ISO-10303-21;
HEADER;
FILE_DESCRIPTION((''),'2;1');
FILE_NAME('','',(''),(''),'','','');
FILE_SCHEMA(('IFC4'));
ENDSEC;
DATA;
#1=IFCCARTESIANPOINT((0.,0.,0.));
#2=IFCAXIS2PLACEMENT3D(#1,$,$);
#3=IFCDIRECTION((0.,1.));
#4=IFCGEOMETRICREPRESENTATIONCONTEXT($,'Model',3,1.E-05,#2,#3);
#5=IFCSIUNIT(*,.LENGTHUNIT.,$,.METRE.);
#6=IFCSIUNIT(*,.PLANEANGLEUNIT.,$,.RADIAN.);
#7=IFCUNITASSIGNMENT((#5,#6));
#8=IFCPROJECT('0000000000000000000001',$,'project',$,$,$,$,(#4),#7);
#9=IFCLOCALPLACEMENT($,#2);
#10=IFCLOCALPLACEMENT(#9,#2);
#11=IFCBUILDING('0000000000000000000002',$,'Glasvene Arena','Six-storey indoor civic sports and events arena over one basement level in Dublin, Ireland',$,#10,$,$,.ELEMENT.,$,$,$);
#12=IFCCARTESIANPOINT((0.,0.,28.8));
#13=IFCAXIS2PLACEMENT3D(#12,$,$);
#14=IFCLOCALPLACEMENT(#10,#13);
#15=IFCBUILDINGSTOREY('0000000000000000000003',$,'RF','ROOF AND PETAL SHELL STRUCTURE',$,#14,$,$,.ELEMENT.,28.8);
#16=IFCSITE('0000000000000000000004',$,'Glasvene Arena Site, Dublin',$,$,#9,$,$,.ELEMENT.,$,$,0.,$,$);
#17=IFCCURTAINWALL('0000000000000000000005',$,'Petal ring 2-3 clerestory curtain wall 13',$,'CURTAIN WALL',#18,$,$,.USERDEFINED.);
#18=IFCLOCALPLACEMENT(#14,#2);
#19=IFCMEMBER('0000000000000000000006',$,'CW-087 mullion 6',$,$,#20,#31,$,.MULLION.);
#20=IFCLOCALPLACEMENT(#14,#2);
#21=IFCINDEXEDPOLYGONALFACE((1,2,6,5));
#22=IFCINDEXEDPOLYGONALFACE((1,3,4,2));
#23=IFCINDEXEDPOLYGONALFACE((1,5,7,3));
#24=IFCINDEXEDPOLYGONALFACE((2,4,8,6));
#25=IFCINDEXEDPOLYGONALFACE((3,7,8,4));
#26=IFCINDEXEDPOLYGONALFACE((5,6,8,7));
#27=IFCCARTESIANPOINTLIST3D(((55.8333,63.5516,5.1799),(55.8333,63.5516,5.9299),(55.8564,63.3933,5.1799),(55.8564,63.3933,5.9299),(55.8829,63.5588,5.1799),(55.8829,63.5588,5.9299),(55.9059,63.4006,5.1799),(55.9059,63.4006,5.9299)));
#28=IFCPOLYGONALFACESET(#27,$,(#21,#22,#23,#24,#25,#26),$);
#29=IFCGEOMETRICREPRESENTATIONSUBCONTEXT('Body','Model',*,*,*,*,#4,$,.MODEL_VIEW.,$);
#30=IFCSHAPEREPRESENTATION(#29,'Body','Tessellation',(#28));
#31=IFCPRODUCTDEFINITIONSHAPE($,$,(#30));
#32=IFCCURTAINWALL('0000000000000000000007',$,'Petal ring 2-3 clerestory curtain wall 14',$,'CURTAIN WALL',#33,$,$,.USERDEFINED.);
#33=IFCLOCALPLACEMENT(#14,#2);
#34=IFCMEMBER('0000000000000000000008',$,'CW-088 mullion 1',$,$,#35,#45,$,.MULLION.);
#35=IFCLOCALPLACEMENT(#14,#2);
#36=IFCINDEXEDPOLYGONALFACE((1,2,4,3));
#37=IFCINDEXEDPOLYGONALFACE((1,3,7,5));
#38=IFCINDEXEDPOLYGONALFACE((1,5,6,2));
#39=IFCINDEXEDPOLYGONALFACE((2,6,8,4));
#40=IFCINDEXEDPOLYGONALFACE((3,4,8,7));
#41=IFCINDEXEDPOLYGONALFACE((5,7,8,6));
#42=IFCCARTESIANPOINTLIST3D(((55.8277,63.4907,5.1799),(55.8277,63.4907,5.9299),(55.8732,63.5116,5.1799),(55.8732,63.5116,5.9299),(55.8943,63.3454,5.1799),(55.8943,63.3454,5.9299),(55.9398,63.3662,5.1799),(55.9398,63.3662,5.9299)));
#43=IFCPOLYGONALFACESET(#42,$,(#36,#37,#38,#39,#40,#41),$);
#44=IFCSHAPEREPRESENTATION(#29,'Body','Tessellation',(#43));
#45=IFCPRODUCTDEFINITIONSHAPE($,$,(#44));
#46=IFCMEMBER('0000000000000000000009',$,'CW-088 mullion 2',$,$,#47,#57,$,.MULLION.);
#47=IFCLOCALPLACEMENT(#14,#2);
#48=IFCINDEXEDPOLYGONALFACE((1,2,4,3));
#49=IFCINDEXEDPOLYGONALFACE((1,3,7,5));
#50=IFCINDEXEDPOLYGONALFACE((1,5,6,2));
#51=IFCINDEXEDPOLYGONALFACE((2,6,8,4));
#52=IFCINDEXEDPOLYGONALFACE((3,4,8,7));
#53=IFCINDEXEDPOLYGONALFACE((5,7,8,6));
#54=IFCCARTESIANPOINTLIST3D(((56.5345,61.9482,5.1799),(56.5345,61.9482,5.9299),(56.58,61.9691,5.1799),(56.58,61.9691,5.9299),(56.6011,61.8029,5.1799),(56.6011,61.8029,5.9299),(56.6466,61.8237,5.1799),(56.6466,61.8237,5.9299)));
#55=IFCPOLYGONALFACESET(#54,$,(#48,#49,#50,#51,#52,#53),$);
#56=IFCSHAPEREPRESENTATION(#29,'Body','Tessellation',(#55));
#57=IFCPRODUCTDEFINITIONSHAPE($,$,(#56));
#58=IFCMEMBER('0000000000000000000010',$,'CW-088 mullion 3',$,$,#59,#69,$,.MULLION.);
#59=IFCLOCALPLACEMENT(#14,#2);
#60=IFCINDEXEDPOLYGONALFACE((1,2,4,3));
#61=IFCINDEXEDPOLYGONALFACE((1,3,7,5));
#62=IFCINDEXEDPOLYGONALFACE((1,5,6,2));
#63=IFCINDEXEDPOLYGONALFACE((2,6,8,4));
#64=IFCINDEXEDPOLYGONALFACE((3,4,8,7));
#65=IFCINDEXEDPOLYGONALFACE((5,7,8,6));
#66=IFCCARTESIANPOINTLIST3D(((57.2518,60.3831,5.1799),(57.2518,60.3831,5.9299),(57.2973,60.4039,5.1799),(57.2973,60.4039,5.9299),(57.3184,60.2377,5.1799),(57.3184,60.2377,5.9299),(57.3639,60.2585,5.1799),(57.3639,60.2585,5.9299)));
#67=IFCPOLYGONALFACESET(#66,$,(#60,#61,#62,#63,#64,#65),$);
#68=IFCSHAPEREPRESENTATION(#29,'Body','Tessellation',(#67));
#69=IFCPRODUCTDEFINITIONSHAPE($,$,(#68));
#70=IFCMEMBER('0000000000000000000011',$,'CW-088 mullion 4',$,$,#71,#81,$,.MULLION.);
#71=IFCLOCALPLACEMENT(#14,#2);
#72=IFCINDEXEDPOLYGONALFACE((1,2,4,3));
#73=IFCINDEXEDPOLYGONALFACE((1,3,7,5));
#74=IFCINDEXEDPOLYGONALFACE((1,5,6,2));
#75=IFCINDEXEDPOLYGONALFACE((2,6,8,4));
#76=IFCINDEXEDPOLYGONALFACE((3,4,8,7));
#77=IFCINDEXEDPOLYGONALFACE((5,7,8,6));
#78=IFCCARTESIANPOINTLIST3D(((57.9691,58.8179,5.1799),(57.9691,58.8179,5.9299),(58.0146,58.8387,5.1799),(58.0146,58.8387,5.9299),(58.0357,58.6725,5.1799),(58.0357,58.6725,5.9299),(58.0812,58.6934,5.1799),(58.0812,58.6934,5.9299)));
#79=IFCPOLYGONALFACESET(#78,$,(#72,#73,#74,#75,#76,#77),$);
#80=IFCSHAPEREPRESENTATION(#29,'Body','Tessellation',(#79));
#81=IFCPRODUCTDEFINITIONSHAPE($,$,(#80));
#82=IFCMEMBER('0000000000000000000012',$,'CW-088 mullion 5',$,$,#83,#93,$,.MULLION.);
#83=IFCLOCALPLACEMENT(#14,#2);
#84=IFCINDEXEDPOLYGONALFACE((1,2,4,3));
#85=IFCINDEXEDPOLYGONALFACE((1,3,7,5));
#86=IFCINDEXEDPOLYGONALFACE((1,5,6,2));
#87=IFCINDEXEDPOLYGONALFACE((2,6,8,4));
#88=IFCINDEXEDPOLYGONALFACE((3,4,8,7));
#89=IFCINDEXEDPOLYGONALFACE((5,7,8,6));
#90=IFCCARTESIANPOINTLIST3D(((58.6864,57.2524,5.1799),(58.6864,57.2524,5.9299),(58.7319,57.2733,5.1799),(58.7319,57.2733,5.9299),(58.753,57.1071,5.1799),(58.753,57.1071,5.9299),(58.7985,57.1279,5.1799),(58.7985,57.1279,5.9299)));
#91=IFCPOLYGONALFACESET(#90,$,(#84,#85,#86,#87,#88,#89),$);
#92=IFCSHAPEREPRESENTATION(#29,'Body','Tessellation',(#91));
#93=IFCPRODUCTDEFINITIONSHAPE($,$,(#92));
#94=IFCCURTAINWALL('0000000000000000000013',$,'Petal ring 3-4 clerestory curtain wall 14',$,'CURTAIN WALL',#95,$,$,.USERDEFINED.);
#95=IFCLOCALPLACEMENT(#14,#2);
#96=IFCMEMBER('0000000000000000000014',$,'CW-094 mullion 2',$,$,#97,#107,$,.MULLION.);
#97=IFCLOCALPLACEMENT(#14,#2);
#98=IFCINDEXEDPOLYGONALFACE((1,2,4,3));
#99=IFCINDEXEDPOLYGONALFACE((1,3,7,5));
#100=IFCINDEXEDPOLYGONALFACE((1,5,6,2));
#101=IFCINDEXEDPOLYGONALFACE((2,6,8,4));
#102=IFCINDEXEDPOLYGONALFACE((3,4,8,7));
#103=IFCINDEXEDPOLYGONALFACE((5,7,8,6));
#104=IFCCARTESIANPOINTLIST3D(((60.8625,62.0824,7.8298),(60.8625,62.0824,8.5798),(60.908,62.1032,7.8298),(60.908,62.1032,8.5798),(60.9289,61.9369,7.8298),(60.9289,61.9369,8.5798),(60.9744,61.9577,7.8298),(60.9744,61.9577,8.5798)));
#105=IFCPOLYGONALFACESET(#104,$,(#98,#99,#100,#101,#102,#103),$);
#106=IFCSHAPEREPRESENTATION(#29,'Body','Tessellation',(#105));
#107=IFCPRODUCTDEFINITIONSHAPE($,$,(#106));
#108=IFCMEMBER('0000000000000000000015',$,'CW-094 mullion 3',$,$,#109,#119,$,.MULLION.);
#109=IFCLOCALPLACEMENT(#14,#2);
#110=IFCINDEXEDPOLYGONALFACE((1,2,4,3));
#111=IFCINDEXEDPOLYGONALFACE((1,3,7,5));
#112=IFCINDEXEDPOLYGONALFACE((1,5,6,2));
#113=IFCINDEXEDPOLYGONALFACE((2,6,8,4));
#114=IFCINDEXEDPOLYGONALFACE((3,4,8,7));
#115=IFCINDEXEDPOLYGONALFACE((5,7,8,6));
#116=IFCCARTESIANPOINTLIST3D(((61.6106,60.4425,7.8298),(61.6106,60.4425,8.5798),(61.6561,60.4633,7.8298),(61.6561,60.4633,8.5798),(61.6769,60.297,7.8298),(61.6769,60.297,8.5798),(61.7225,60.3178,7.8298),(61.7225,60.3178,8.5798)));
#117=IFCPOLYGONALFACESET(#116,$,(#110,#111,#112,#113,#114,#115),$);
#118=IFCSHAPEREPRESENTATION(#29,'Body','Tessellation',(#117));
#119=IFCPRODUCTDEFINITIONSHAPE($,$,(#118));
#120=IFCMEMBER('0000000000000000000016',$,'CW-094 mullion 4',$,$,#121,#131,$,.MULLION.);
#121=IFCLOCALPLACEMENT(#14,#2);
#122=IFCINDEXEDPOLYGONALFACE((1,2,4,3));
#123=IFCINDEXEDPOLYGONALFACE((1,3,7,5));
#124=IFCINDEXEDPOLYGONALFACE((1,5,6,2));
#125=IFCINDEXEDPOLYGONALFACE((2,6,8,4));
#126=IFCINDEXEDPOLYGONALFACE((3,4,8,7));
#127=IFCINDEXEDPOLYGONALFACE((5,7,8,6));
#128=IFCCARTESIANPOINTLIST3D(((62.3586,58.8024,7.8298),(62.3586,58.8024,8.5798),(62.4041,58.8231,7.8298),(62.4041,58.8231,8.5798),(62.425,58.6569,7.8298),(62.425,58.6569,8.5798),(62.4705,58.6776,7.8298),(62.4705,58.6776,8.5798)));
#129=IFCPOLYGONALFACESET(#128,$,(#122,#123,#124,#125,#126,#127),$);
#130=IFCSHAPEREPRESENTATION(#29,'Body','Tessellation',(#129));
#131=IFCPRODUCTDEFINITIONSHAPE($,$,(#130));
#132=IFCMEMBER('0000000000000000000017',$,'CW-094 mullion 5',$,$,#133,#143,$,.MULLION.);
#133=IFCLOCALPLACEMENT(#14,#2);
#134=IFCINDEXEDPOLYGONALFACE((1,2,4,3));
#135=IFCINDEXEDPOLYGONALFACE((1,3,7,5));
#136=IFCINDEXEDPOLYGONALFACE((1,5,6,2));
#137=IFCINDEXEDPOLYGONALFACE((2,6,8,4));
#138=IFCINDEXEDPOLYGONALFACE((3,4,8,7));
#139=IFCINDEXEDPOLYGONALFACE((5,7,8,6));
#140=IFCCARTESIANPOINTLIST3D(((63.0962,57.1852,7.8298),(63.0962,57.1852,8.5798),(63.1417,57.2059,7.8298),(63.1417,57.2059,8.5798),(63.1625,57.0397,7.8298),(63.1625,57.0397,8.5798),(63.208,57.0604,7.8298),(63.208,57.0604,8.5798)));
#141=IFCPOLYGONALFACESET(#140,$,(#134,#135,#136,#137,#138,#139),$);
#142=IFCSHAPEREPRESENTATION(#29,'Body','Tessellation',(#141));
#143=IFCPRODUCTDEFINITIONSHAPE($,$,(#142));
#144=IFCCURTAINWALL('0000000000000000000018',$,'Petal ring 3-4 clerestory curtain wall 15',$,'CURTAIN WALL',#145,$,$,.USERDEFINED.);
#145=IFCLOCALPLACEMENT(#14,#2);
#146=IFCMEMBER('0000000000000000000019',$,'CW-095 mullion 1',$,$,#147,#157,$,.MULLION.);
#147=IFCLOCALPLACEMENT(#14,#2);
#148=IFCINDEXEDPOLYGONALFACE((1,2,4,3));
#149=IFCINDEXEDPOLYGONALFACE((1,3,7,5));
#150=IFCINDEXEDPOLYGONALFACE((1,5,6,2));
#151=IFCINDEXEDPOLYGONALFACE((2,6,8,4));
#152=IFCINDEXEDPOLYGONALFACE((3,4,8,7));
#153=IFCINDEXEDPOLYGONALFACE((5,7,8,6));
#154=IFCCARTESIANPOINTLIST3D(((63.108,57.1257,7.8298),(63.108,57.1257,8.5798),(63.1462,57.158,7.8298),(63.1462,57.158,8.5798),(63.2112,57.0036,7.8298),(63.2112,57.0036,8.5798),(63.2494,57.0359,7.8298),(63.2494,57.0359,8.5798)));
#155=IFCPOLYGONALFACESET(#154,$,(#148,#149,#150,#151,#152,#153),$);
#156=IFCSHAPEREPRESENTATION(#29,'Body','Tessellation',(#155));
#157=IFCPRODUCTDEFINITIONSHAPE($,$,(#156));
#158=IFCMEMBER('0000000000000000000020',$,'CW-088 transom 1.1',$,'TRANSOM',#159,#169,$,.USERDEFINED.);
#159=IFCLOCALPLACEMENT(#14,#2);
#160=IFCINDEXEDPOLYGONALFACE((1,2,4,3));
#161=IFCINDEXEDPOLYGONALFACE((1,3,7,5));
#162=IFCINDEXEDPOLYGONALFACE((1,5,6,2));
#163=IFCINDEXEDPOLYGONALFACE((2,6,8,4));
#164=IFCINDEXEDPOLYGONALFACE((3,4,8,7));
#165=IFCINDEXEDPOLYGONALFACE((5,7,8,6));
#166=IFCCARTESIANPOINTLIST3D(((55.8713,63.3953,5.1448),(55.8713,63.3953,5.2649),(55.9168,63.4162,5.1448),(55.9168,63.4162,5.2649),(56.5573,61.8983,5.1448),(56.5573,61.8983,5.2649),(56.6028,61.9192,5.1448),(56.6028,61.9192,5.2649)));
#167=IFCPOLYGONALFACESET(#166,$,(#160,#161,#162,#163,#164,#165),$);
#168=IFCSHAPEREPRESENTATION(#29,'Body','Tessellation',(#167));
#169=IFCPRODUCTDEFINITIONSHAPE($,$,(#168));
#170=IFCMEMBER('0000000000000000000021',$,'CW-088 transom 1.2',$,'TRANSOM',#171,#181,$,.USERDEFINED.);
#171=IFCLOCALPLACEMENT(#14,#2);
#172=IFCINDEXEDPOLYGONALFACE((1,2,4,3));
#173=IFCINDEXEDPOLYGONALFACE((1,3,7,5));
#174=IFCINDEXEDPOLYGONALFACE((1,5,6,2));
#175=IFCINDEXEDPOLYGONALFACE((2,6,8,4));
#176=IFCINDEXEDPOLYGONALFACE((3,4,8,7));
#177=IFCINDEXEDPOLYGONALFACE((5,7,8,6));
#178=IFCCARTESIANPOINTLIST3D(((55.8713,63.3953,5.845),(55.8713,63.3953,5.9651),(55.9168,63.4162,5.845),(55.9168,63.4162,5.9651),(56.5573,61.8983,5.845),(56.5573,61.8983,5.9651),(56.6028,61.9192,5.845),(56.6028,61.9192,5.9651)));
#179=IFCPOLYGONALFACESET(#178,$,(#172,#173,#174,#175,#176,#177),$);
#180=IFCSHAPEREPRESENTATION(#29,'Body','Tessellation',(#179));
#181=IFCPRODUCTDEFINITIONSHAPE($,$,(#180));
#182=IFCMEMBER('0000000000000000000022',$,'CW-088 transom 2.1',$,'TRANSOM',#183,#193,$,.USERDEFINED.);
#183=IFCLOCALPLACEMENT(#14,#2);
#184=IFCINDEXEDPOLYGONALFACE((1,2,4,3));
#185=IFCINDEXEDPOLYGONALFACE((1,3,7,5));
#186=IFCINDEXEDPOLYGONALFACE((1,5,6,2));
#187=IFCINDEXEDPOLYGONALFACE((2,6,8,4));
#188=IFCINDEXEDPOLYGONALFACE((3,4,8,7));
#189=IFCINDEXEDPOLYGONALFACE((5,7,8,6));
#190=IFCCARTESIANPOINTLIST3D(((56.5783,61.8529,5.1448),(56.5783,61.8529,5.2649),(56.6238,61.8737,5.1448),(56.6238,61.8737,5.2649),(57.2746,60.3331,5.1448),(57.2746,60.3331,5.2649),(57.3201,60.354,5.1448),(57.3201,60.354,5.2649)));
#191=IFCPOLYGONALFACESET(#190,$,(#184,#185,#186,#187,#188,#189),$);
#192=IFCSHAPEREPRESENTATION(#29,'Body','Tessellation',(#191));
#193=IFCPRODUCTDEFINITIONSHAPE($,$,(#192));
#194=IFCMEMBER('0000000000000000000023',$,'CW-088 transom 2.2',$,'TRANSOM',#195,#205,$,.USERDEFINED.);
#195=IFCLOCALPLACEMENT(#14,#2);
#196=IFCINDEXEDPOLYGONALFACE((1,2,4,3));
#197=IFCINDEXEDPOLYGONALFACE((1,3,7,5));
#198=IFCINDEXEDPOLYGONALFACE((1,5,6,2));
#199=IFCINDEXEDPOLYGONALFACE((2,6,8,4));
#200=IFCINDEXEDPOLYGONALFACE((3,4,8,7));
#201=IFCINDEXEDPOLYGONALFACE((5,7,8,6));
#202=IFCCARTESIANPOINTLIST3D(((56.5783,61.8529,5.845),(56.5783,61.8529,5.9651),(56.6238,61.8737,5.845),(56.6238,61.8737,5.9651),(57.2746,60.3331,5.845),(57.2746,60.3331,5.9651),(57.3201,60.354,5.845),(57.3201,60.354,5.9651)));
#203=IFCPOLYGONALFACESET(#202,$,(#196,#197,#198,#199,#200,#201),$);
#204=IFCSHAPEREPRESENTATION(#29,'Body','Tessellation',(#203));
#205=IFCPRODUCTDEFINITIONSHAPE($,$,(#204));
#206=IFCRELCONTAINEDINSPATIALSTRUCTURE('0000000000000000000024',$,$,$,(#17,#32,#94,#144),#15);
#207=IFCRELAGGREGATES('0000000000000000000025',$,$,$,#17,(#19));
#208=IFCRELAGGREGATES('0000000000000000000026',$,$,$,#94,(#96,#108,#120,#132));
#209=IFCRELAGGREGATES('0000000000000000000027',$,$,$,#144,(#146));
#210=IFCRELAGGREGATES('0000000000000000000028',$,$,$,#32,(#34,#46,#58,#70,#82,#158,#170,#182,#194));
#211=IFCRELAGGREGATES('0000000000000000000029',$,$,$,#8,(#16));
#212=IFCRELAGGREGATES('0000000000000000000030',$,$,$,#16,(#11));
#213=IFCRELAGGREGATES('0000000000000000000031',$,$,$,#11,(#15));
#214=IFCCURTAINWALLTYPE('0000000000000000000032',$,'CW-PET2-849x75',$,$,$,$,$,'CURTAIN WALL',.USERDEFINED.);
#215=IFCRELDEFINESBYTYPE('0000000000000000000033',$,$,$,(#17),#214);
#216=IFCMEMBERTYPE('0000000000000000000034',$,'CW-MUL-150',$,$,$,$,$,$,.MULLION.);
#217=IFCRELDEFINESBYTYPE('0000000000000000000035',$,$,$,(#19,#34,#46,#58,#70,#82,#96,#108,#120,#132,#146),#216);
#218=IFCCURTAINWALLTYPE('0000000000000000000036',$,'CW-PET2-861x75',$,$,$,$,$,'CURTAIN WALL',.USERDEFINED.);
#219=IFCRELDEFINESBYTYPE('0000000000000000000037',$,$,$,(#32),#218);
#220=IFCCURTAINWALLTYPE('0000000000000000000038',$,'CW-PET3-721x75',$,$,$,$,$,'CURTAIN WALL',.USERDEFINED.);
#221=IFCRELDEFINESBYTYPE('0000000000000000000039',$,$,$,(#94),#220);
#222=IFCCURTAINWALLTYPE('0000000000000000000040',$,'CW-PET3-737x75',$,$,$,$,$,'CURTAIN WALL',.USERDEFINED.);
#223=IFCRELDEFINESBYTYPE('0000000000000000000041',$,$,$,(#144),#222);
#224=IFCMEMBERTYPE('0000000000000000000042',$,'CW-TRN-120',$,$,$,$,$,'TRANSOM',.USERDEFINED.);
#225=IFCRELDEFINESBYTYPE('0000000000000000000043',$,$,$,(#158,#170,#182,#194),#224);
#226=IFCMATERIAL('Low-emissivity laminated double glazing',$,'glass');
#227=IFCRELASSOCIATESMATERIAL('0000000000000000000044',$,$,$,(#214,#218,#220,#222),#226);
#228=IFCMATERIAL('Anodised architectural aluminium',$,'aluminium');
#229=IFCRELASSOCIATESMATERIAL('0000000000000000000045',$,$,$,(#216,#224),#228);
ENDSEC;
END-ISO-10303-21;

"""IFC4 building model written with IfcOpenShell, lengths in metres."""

from ifc_helpers import new_model, si_unit, direction, frame, origin, origin_2d, place, context, subcontext, project, spatial, rectangle, extrude, material, material_profile, profile_set, type_object, element, aggregate, save


model = new_model("IFC4")

# Units and contexts
model_context = context("Model", 3, precision=1e-05, world=origin(), true_north=direction((0.0, 1.0)))
body_context = subcontext(model_context, "Body", "Model", "MODEL_VIEW")
ifc_project = project(units=[si_unit("LENGTHUNIT", "METRE"), si_unit("PLANEANGLEUNIT", "RADIAN")], contexts=[model_context])

# Site, building, storey
site_placement = place(None, origin())
site = spatial("IfcSite", under=ifc_project, at=site_placement, Name="Glasvene Arena Site, Dublin", CompositionType="ELEMENT", RefElevation=0.0)
building_placement = place(site_placement, origin())
building = spatial("IfcBuilding", under=site, at=building_placement, Name="Glasvene Arena", Description="Six-storey indoor civic sports and events arena over one basement level in Dublin, Ireland", CompositionType="ELEMENT")
storey_placement = place(building_placement, frame((0.0, 0.0, 28.8)))
storey = spatial("IfcBuildingStorey", under=building, at=storey_placement, Name="RF", Description="ROOF AND PETAL SHELL STRUCTURE", CompositionType="ELEMENT", Elevation=28.8)

# Curtain wall, member
ifc_material_1 = material(Name="Low-emissivity laminated double glazing", Category="glass")
curtain_wall_type_1 = type_object("IfcCurtainWallType", Name="CW-PET2-849x75", ElementType="CURTAIN WALL", PredefinedType="USERDEFINED", material=ifc_material_1)
curtain_wall_1_placement = place(storey_placement, frame((54.6499, 71.8501, 0.0)))
curtain_wall_1 = element("IfcCurtainWall", 1, at=curtain_wall_1_placement, inside=storey, type_object=curtain_wall_type_1, Name="Petal ring 2-3 clerestory curtain wall 13", ObjectType="CURTAIN WALL", PredefinedType="USERDEFINED")
ifc_material_2 = material(Name="Anodised architectural aluminium", Category="aluminium")
ifc_material_profile_1 = material_profile(ifc_material_2, rectangle(XDim=0.05, YDim=0.1599, at=origin_2d()), Name="ALU MULLION 50x160")
ifc_profile_set_1 = profile_set([ifc_material_profile_1], Name="Anodised architectural aluminium")
member_type_1 = type_object("IfcMemberType", Name="CW-MUL-150", PredefinedType="MULLION", material=ifc_profile_set_1)
member_1_placement = place(storey_placement, frame((55.8696, 63.4761, 5.1799), z_axis=(0.0, 0.0, 1.0), x_axis=(0.989558, 0.144133, 0.0)))
member_1 = element("IfcMember", 2, at=member_1_placement, type_object=member_type_1, Name="CW-087 mullion 6", PredefinedType="MULLION", context=body_context, shape_type="SweptSolid", body=[
    extrude(rectangle(XDim=0.05, YDim=0.1599, at=origin_2d()), origin(), (0.0, 0.0, 1.0), 0.75),
])
aggregate(curtain_wall_1, [member_1])

# Curtain walls, members
curtain_wall_type_2 = type_object("IfcCurtainWallType", Name="CW-PET2-861x75", ElementType="CURTAIN WALL", PredefinedType="USERDEFINED", material=ifc_material_1)
curtain_wall_2_placement = place(storey_placement, frame((55.8733, 63.4514, 0.0)))
curtain_wall_2 = element("IfcCurtainWall", 3, at=curtain_wall_2_placement, inside=storey, type_object=curtain_wall_type_2, Name="Petal ring 2-3 clerestory curtain wall 14", ObjectType="CURTAIN WALL", PredefinedType="USERDEFINED")
member_2_placement = place(storey_placement, frame((55.8838, 63.4285, 5.1799), z_axis=(0.0, 0.0, 1.0), x_axis=(0.909094, 0.416592, 0.0)))
member_2 = element("IfcMember", 4, at=member_2_placement, type_object=member_type_1, Name="CW-088 mullion 1", PredefinedType="MULLION", context=body_context, shape_type="SweptSolid", body=[
    extrude(rectangle(XDim=0.05, YDim=0.1599, at=origin_2d()), origin(), (0.0, 0.0, 1.0), 0.75),
])
member_3_placement = place(storey_placement, frame((56.5906, 61.886, 5.1799), z_axis=(0.0, 0.0, 1.0), x_axis=(0.909094, 0.416592, 0.0)))
member_3 = element("IfcMember", 5, at=member_3_placement, type_object=member_type_1, Name="CW-088 mullion 2", PredefinedType="MULLION", context=body_context, shape_type="SweptSolid", body=[
    extrude(rectangle(XDim=0.05, YDim=0.1599, at=origin_2d()), origin(), (0.0, 0.0, 1.0), 0.75),
])
member_4_placement = place(storey_placement, frame((57.3079, 60.3208, 5.1799), z_axis=(0.0, 0.0, 1.0), x_axis=(0.909094, 0.416592, 0.0)))
member_4 = element("IfcMember", 6, at=member_4_placement, type_object=member_type_1, Name="CW-088 mullion 3", PredefinedType="MULLION", context=body_context, shape_type="SweptSolid", body=[
    extrude(rectangle(XDim=0.05, YDim=0.1599, at=origin_2d()), origin(), (0.0, 0.0, 1.0), 0.75),
])
member_5_placement = place(storey_placement, frame((58.0251, 58.7556, 5.1799), z_axis=(0.0, 0.0, 1.0), x_axis=(0.909094, 0.416592, 0.0)))
member_5 = element("IfcMember", 7, at=member_5_placement, type_object=member_type_1, Name="CW-088 mullion 4", PredefinedType="MULLION", context=body_context, shape_type="SweptSolid", body=[
    extrude(rectangle(XDim=0.05, YDim=0.1599, at=origin_2d()), origin(), (0.0, 0.0, 1.0), 0.75),
])
member_6_placement = place(storey_placement, frame((58.7424, 57.1902, 5.1799), z_axis=(0.0, 0.0, 1.0), x_axis=(0.909094, 0.416592, 0.0)))
member_6 = element("IfcMember", 8, at=member_6_placement, type_object=member_type_1, Name="CW-088 mullion 5", PredefinedType="MULLION", context=body_context, shape_type="SweptSolid", body=[
    extrude(rectangle(XDim=0.05, YDim=0.1599, at=origin_2d()), origin(), (0.0, 0.0, 1.0), 0.75),
])
curtain_wall_type_3 = type_object("IfcCurtainWallType", Name="CW-PET3-721x75", ElementType="CURTAIN WALL", PredefinedType="USERDEFINED", material=ifc_material_1)
curtain_wall_3_placement = place(storey_placement, frame((60.1704, 63.6602, 0.0)))
curtain_wall_3 = element("IfcCurtainWall", 9, at=curtain_wall_3_placement, inside=storey, type_object=curtain_wall_type_3, Name="Petal ring 3-4 clerestory curtain wall 14", ObjectType="CURTAIN WALL", PredefinedType="USERDEFINED")
member_7_placement = place(storey_placement, frame((60.9185, 62.02, 7.8298), z_axis=(0.0, 0.0, 1.0), x_axis=(0.909836, 0.414968, 0.0)))
member_7 = element("IfcMember", 10, at=member_7_placement, type_object=member_type_1, Name="CW-094 mullion 2", PredefinedType="MULLION", context=body_context, shape_type="SweptSolid", body=[
    extrude(rectangle(XDim=0.05, YDim=0.1599, at=origin_2d()), origin(), (0.0, 0.0, 1.0), 0.75),
])
member_8_placement = place(storey_placement, frame((61.6665, 60.3801, 7.8298), z_axis=(0.0, 0.0, 1.0), x_axis=(0.909836, 0.414968, 0.0)))
member_8 = element("IfcMember", 11, at=member_8_placement, type_object=member_type_1, Name="CW-094 mullion 3", PredefinedType="MULLION", context=body_context, shape_type="SweptSolid", body=[
    extrude(rectangle(XDim=0.05, YDim=0.1599, at=origin_2d()), origin(), (0.0, 0.0, 1.0), 0.75),
])
member_9_placement = place(storey_placement, frame((62.4146, 58.74, 7.8298), z_axis=(0.0, 0.0, 1.0), x_axis=(0.909836, 0.414968, 0.0)))
member_9 = element("IfcMember", 12, at=member_9_placement, type_object=member_type_1, Name="CW-094 mullion 4", PredefinedType="MULLION", context=body_context, shape_type="SweptSolid", body=[
    extrude(rectangle(XDim=0.05, YDim=0.1599, at=origin_2d()), origin(), (0.0, 0.0, 1.0), 0.75),
])
member_10_placement = place(storey_placement, frame((63.1521, 57.1228, 7.8298), z_axis=(0.0, 0.0, 1.0), x_axis=(0.909836, 0.414968, 0.0)))
member_10 = element("IfcMember", 13, at=member_10_placement, type_object=member_type_1, Name="CW-094 mullion 5", PredefinedType="MULLION", context=body_context, shape_type="SweptSolid", body=[
    extrude(rectangle(XDim=0.05, YDim=0.1599, at=origin_2d()), origin(), (0.0, 0.0, 1.0), 0.75),
])
aggregate(curtain_wall_3, [member_7, member_8, member_9, member_10])

# Curtain wall, member
curtain_wall_type_4 = type_object("IfcCurtainWallType", Name="CW-PET3-737x75", ElementType="CURTAIN WALL", PredefinedType="USERDEFINED", material=ifc_material_1)
curtain_wall_4_placement = place(storey_placement, frame((63.1626, 57.1001, 0.0)))
curtain_wall_4 = element("IfcCurtainWall", 14, at=curtain_wall_4_placement, inside=storey, type_object=curtain_wall_type_4, Name="Petal ring 3-4 clerestory curtain wall 15", ObjectType="CURTAIN WALL", PredefinedType="USERDEFINED")
member_11_placement = place(storey_placement, frame((63.1787, 57.0808, 7.8298), z_axis=(0.0, 0.0, 1.0), x_axis=(0.76385, 0.645394, 0.0)))
member_11 = element("IfcMember", 15, at=member_11_placement, type_object=member_type_1, Name="CW-095 mullion 1", PredefinedType="MULLION", context=body_context, shape_type="SweptSolid", body=[
    extrude(rectangle(XDim=0.05, YDim=0.1599, at=origin_2d()), origin(), (0.0, 0.0, 1.0), 0.75),
])
aggregate(curtain_wall_4, [member_11])

# Members
ifc_material_profile_2 = material_profile(ifc_material_2, rectangle(XDim=0.05, YDim=0.1201, at=origin_2d()), Name="ALU TRANSOM 50x120")
ifc_profile_set_2 = profile_set([ifc_material_profile_2], Name="Anodised architectural aluminium")
member_type_2 = type_object("IfcMemberType", Name="CW-TRN-120", ElementType="TRANSOM", PredefinedType="USERDEFINED", material=ifc_profile_set_2)
member_12_placement = place(storey_placement, frame((55.894, 63.4058, 5.2048), z_axis=(0.416593, -0.909093, 0.0), x_axis=(0.909093, 0.416593, 0.0)))
member_12 = element("IfcMember", 16, at=member_12_placement, type_object=member_type_2, Name="CW-088 transom 1.1", ObjectType="TRANSOM", PredefinedType="USERDEFINED", context=body_context, shape_type="SweptSolid", body=[
    extrude(rectangle(XDim=0.05, YDim=0.1201, at=origin_2d()), origin(), (0.0, 0.0, 1.0), 1.6467),
])
member_13_placement = place(storey_placement, frame((55.894, 63.4058, 5.905), z_axis=(0.416593, -0.909093, 0.0), x_axis=(0.909093, 0.416593, 0.0)))
member_13 = element("IfcMember", 17, at=member_13_placement, type_object=member_type_2, Name="CW-088 transom 1.2", ObjectType="TRANSOM", PredefinedType="USERDEFINED", context=body_context, shape_type="SweptSolid", body=[
    extrude(rectangle(XDim=0.05, YDim=0.1201, at=origin_2d()), origin(), (0.0, 0.0, 1.0), 1.6467),
])
member_14_placement = place(storey_placement, frame((56.6011, 61.8633, 5.2048), z_axis=(0.416519, -0.909127, 0.0), x_axis=(0.909127, 0.416519, 0.0)))
member_14 = element("IfcMember", 18, at=member_14_placement, type_object=member_type_2, Name="CW-088 transom 2.1", ObjectType="TRANSOM", PredefinedType="USERDEFINED", context=body_context, shape_type="SweptSolid", body=[
    extrude(rectangle(XDim=0.05, YDim=0.1201, at=origin_2d()), origin(), (0.0, 0.0, 1.0), 1.6716),
])
member_15_placement = place(storey_placement, frame((56.6011, 61.8633, 5.905), z_axis=(0.416519, -0.909127, 0.0), x_axis=(0.909127, 0.416519, 0.0)))
member_15 = element("IfcMember", 19, at=member_15_placement, type_object=member_type_2, Name="CW-088 transom 2.2", ObjectType="TRANSOM", PredefinedType="USERDEFINED", context=body_context, shape_type="SweptSolid", body=[
    extrude(rectangle(XDim=0.05, YDim=0.1201, at=origin_2d()), origin(), (0.0, 0.0, 1.0), 1.6716),
])

aggregate(curtain_wall_2, [member_2, member_3, member_4, member_5, member_6, member_12, member_13, member_14, member_15])

save(model, "model.ifc")
